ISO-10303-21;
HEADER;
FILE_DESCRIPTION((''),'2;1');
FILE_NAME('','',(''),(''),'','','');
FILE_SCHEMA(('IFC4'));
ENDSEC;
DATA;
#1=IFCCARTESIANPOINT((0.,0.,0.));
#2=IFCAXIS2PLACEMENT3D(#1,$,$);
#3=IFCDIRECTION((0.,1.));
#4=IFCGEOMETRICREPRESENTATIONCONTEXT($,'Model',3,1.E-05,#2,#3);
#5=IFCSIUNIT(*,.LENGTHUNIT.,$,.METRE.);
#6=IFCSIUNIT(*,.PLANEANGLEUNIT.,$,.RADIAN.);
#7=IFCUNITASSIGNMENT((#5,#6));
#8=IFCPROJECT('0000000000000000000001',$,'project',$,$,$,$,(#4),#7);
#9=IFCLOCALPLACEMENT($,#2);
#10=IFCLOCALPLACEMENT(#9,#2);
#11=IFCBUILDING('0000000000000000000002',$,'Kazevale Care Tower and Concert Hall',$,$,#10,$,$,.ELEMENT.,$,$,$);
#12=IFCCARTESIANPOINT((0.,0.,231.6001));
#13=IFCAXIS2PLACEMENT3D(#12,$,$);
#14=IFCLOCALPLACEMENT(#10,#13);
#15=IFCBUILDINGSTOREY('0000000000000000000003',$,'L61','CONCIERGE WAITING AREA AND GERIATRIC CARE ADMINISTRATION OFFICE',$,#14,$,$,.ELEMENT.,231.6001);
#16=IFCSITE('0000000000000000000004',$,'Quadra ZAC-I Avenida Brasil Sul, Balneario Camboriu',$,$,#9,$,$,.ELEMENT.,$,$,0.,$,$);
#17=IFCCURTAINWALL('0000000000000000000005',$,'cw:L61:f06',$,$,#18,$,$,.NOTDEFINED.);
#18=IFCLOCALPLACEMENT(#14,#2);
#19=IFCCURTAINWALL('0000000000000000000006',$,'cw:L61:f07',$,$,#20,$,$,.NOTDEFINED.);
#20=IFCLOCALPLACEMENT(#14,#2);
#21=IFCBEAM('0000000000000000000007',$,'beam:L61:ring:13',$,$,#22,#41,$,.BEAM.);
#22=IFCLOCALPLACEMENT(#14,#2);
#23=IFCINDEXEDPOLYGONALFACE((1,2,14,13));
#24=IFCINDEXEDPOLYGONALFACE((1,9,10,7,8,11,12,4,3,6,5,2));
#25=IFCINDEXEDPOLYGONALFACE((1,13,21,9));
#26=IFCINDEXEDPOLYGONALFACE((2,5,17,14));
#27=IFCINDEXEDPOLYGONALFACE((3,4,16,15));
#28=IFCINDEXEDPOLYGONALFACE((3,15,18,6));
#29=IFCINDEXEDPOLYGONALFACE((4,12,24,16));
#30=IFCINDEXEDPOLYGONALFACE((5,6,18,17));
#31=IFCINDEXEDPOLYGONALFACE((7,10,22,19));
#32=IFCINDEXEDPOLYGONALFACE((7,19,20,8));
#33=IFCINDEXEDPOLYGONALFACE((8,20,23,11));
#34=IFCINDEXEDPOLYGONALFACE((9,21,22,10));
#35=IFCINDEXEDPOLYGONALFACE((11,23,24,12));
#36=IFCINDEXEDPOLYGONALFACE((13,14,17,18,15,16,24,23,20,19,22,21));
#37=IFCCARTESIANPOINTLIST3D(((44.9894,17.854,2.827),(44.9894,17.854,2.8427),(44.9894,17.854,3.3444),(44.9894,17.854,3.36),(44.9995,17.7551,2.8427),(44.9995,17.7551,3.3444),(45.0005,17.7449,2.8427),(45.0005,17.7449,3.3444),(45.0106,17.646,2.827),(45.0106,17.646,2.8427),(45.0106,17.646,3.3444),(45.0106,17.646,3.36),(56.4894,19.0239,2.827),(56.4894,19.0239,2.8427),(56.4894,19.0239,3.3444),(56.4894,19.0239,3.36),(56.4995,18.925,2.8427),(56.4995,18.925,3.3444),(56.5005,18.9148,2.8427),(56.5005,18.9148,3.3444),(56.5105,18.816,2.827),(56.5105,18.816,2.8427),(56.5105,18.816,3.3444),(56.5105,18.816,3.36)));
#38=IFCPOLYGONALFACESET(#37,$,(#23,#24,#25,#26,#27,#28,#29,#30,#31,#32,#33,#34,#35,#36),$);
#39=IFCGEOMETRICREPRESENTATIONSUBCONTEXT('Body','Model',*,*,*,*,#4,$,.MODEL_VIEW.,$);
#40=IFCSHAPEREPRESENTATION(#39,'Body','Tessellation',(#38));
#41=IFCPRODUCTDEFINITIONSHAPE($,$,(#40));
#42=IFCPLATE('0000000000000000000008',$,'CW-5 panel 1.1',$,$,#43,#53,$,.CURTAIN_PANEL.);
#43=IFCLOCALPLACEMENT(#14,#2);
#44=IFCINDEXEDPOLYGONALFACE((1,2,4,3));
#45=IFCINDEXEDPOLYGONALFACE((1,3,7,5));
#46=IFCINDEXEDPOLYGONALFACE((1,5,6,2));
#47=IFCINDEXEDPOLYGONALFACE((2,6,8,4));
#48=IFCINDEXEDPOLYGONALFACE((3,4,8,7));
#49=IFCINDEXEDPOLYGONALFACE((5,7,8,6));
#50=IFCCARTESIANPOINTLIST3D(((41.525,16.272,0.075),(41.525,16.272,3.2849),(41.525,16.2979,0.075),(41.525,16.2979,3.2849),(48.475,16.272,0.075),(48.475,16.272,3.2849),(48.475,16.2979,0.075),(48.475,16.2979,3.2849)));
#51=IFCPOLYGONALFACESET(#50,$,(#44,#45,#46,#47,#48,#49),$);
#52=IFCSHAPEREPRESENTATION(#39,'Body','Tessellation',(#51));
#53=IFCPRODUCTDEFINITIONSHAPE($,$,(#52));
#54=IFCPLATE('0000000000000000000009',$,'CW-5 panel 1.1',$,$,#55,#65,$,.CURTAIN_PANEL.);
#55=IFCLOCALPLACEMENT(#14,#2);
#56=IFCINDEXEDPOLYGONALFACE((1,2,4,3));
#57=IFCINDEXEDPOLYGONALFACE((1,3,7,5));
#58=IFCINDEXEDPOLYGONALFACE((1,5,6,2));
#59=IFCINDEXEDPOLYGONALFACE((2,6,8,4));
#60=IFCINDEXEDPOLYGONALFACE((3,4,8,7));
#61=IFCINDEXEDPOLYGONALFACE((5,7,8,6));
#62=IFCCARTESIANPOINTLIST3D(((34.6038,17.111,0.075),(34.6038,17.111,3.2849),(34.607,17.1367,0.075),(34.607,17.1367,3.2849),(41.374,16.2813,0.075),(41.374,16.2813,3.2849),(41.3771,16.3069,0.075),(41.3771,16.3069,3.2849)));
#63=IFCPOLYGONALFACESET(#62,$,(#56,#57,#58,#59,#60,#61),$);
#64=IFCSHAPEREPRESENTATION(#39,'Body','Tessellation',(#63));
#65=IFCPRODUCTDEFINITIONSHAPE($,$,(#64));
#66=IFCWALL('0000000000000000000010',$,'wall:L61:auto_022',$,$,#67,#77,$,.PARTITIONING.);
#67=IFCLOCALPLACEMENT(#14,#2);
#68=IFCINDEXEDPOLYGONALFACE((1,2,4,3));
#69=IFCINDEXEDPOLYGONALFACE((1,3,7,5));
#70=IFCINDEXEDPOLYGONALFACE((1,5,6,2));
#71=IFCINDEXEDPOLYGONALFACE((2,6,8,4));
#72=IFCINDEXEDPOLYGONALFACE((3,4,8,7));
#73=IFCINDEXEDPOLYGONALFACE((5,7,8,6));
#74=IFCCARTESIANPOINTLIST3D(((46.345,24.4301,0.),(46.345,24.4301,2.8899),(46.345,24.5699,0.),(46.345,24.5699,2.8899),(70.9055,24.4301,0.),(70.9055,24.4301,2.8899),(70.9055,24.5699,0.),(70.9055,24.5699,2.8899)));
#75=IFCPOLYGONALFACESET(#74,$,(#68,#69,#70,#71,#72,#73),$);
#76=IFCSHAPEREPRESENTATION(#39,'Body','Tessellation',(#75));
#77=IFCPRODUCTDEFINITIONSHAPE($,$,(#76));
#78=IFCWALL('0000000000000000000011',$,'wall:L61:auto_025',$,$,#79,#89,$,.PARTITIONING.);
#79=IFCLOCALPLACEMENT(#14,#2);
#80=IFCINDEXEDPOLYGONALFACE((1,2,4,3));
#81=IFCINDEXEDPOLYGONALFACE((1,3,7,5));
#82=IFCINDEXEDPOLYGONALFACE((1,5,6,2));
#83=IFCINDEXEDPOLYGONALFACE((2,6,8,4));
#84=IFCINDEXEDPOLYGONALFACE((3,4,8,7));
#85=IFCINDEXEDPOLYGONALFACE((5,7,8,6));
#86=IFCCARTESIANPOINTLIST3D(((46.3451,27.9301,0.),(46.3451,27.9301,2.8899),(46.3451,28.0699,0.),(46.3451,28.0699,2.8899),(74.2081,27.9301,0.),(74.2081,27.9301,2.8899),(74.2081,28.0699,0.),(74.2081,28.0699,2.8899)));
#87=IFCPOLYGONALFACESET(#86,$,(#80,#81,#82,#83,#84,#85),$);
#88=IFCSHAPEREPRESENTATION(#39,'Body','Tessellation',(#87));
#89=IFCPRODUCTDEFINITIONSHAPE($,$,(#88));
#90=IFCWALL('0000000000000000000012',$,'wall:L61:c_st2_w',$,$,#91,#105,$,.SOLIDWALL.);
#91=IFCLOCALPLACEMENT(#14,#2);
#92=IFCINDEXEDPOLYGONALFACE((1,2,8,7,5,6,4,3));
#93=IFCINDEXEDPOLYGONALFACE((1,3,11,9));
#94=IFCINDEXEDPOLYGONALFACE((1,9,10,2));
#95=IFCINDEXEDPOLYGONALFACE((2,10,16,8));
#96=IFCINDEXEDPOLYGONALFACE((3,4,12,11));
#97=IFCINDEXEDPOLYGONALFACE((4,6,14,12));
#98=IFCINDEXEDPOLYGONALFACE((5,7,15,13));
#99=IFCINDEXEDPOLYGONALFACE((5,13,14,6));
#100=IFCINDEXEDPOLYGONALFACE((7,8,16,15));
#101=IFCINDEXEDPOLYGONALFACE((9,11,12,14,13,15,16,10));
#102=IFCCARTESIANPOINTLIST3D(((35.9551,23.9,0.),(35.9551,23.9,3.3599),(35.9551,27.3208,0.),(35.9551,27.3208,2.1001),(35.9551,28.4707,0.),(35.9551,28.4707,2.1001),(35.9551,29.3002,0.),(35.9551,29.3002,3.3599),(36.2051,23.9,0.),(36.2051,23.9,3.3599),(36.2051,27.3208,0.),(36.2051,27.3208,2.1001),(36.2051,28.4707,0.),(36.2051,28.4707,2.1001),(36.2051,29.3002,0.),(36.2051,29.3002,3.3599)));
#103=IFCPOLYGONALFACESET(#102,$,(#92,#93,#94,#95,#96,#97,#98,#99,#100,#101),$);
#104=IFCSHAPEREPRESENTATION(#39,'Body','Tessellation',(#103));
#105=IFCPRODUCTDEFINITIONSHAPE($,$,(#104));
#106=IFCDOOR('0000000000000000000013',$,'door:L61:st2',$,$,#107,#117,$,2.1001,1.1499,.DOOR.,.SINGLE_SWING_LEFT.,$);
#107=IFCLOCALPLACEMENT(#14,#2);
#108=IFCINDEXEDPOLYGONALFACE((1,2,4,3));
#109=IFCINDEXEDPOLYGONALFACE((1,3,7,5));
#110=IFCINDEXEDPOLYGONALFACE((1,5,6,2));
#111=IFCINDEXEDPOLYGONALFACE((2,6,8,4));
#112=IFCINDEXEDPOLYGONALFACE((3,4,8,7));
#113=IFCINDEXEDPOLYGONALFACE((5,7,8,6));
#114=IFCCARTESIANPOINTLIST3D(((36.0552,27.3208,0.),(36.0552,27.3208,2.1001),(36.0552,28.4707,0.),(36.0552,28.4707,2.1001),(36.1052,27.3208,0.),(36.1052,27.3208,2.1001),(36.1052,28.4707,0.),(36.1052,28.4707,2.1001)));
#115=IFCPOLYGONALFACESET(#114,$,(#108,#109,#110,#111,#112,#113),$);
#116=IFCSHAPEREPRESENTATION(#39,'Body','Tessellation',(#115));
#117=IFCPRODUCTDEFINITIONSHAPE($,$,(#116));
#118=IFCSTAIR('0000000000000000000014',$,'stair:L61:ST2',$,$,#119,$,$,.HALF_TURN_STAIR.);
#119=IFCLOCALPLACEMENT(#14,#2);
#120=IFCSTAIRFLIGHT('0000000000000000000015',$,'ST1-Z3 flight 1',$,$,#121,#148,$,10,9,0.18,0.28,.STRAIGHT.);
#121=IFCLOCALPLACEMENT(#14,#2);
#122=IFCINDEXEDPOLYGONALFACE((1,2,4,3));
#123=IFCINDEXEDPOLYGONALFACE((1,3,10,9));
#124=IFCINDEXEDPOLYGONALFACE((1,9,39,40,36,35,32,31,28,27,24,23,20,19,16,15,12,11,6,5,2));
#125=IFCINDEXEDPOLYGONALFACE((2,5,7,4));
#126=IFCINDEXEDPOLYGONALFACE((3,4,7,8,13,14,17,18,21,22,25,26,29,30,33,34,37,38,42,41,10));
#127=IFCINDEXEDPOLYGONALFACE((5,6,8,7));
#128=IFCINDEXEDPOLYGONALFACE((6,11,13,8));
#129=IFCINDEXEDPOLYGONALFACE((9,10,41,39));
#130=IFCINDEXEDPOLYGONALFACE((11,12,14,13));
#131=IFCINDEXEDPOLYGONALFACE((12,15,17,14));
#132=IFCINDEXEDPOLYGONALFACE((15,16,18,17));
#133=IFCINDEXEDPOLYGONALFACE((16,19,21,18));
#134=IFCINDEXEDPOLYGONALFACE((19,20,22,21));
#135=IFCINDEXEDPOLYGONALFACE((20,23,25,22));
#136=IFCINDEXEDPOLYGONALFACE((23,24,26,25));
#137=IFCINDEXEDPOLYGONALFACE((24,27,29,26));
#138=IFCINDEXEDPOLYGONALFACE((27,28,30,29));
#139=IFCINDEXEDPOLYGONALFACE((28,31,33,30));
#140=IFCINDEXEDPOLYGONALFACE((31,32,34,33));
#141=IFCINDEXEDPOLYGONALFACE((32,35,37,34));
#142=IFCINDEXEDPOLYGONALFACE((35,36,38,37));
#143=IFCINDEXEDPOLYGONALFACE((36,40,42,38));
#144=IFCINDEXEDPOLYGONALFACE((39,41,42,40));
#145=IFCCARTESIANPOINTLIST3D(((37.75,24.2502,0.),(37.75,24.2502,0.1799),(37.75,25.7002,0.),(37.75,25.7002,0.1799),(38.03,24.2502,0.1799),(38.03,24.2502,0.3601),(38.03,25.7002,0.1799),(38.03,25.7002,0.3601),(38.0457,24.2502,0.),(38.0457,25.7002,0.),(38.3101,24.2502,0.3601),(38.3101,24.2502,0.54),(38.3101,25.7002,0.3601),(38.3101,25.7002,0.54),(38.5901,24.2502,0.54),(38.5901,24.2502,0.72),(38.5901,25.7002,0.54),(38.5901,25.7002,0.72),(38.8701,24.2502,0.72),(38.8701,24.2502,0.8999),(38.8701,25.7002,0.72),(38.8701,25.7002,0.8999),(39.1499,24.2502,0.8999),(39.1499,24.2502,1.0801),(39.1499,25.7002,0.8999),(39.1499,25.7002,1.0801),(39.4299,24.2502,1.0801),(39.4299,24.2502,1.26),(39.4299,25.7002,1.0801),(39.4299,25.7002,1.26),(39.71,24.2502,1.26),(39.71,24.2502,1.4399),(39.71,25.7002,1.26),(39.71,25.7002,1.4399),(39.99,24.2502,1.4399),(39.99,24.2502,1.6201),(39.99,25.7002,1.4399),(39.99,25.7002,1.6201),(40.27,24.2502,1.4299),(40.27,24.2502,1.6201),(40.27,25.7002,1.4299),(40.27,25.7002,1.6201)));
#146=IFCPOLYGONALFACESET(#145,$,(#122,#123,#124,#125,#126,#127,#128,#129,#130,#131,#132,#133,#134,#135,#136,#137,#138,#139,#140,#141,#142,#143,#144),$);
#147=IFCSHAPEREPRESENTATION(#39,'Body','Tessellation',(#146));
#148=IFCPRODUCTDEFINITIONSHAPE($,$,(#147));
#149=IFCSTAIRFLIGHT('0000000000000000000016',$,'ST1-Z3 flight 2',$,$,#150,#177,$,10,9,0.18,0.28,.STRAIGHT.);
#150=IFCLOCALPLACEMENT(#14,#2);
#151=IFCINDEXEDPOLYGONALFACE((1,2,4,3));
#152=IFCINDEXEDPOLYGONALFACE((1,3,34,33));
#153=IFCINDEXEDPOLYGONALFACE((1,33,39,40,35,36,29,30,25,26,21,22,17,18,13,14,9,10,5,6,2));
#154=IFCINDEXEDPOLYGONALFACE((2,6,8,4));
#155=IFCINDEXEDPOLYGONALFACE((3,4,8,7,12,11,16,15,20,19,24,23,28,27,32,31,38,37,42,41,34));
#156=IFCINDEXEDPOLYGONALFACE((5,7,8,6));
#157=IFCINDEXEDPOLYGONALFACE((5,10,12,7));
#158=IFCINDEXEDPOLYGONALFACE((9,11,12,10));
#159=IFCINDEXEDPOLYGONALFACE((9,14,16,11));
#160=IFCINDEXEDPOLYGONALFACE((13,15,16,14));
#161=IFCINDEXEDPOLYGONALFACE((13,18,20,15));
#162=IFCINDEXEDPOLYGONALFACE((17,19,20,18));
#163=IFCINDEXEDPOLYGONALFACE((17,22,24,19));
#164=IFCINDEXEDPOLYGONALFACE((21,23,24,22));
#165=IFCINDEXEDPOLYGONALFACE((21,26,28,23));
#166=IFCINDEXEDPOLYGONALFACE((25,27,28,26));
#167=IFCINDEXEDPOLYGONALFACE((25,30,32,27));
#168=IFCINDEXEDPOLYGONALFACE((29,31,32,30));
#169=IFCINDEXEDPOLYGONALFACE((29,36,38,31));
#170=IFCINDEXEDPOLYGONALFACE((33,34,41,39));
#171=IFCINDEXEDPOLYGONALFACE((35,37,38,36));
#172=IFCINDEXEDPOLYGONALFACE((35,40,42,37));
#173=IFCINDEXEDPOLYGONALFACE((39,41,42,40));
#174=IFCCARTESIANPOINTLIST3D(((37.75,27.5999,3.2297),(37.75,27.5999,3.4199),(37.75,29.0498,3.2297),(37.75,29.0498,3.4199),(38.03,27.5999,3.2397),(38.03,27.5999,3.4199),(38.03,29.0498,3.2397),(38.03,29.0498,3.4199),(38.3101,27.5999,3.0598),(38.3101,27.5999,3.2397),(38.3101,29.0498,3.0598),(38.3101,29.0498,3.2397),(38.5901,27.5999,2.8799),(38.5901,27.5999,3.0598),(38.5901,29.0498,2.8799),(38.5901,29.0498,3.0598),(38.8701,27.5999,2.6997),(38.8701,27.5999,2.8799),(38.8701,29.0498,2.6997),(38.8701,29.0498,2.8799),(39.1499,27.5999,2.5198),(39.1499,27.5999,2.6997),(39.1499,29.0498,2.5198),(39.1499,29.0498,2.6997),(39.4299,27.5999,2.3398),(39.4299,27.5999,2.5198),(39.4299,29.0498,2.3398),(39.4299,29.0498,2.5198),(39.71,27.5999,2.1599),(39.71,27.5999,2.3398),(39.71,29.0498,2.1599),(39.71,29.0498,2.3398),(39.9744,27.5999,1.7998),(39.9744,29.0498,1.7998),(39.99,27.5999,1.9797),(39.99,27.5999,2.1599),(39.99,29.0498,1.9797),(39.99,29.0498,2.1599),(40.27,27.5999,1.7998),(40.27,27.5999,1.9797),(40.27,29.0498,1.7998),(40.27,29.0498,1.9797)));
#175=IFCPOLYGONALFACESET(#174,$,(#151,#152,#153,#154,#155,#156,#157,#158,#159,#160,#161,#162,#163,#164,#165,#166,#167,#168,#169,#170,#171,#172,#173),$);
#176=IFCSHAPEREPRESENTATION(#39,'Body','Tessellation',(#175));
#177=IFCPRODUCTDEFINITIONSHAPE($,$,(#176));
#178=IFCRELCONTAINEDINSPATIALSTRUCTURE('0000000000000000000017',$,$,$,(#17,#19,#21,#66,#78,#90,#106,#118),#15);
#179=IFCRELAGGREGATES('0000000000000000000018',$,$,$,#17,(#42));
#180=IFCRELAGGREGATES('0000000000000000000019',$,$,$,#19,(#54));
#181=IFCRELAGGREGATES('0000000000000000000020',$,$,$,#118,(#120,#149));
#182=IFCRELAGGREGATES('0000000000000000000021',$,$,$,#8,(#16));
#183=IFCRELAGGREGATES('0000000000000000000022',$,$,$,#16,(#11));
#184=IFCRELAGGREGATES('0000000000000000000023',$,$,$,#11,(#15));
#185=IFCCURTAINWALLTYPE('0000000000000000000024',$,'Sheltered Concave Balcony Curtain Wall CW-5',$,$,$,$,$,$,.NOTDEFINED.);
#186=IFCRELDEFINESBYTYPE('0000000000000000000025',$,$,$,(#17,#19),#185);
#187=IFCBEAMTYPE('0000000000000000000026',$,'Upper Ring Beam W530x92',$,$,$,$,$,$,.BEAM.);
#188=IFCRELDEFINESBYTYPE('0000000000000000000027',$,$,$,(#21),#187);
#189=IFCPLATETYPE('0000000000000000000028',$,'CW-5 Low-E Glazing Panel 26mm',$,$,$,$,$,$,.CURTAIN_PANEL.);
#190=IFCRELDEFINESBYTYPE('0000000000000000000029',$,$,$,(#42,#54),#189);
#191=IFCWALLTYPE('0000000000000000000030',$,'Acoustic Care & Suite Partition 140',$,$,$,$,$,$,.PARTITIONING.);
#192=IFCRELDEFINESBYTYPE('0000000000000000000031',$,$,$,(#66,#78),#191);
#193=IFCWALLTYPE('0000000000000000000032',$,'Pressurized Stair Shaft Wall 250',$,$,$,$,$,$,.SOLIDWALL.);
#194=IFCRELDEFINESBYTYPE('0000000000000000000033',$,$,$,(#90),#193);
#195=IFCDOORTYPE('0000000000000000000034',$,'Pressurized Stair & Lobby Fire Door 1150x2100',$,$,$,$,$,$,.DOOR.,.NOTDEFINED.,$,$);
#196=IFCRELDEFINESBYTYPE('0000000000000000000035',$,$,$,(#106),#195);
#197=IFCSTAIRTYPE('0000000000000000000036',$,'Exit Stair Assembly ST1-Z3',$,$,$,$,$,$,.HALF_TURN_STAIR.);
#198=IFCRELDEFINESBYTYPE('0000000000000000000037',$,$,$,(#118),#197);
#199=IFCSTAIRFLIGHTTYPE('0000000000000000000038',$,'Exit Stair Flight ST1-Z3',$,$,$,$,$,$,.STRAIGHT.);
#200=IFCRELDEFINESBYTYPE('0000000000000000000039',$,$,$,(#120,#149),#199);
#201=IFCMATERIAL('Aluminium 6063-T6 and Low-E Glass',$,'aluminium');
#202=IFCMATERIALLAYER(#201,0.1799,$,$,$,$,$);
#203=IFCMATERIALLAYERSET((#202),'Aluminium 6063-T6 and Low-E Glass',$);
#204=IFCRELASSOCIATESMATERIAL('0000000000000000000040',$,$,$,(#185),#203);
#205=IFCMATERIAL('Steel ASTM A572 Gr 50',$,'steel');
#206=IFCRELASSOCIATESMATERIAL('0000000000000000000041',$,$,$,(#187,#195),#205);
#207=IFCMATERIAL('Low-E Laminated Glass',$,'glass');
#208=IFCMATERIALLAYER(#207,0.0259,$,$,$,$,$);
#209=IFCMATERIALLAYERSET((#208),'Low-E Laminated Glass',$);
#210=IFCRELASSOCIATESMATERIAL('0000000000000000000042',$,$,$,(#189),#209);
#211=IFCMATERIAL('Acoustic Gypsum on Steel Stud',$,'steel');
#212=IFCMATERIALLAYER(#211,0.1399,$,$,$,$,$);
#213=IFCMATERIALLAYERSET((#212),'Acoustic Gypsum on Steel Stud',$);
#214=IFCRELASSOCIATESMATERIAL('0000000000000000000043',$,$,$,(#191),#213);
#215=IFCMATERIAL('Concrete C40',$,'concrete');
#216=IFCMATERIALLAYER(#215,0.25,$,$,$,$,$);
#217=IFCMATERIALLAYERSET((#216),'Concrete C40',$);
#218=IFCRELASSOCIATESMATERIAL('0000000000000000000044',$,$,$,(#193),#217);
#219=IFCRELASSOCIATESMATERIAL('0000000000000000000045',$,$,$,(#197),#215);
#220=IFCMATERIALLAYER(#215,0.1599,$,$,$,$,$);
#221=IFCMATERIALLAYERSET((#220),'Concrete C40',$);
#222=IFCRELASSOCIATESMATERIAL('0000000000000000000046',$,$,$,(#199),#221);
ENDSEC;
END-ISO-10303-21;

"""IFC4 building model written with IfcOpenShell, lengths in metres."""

from ifc_helpers import new_model, si_unit, direction, frame, frame_2d, origin, origin_2d, place, context, subcontext, project, spatial, polyline, rectangle, i_section, outline, extrude, material, layer, layer_set, material_profile, profile_set, type_object, element, fill, aggregate, save


model = new_model("IFC4")

# Units and contexts
model_context = context("Model", 3, precision=1e-05, world=origin(), true_north=direction((0.0, 1.0)))
body_context = subcontext(model_context, "Body", "Model", "MODEL_VIEW")
ifc_project = project(units=[si_unit("LENGTHUNIT", "METRE"), si_unit("PLANEANGLEUNIT", "RADIAN")], contexts=[model_context])

# Site, building, storey
site_placement = place(None, origin())
site = spatial("IfcSite", under=ifc_project, at=site_placement, Name="Quadra ZAC-I Avenida Brasil Sul, Balneario Camboriu", CompositionType="ELEMENT", RefElevation=0.0)
building_placement = place(site_placement, origin())
building = spatial("IfcBuilding", under=site, at=building_placement, Name="Kazevale Care Tower and Concert Hall", CompositionType="ELEMENT")
storey_placement = place(building_placement, frame((0.0, 0.0, 231.6001)))
storey = spatial("IfcBuildingStorey", under=building, at=storey_placement, Name="L61", Description="CONCIERGE WAITING AREA AND GERIATRIC CARE ADMINISTRATION OFFICE", CompositionType="ELEMENT", Elevation=231.6001)

# Curtain wall
ifc_material_1 = material(Name="Aluminium 6063-T6 and Low-E Glass", Category="aluminium")
ifc_layer_1 = layer(ifc_material_1, 0.1799)
ifc_layer_set_1 = layer_set([ifc_layer_1], Name="Aluminium 6063-T6 and Low-E Glass")
curtain_wall_type = type_object("IfcCurtainWallType", Name="Sheltered Concave Balcony Curtain Wall CW-5", PredefinedType="NOTDEFINED", material=ifc_layer_set_1)
curtain_wall_1_placement = place(storey_placement, origin())
curtain_wall_1 = element("IfcCurtainWall", 1, at=curtain_wall_1_placement, inside=storey, type_object=curtain_wall_type, Name="cw:L61:f06", PredefinedType="NOTDEFINED")

# Curtain wall
curtain_wall_2_placement = place(storey_placement, origin())
curtain_wall_2 = element("IfcCurtainWall", 2, at=curtain_wall_2_placement, inside=storey, type_object=curtain_wall_type, Name="cw:L61:f07", PredefinedType="NOTDEFINED")

# Beam
ifc_material_2 = material(Name="Steel ASTM A572 Gr 50", Category="steel")
ifc_material_profile_1 = material_profile(ifc_material_2, i_section(OverallWidth=0.209, OverallDepth=0.533, WebThickness=0.0103, FlangeThickness=0.0156, at=origin_2d()), Name="W530x92")
ifc_profile_set_1 = profile_set([ifc_material_profile_1], Name="Steel ASTM A572 Gr 50")
beam_type_1 = type_object("IfcBeamType", Name="Upper Ring Beam W530x92", PredefinedType="BEAM", material=ifc_profile_set_1)
beam_1_placement = place(storey_placement, frame((45.0, 17.75, 3.0935), z_axis=(0.994865, 0.10121, 0.0), x_axis=(-0.10121, 0.994865, 0.0)))
element("IfcBeam", 3, at=beam_1_placement, inside=storey, type_object=beam_type_1, Name="beam:L61:ring:13", PredefinedType="BEAM", context=body_context, shape_type="SweptSolid", body=[
    extrude(i_section(OverallWidth=0.209, OverallDepth=0.533, WebThickness=0.0103, FlangeThickness=0.0156, at=origin_2d()), origin(), (0.0, 0.0, 1.0), 11.5593),
])

# Plates
ifc_material_3 = material(Name="Low-E Laminated Glass", Category="glass")
ifc_layer_2 = layer(ifc_material_3, 0.0259)
ifc_layer_set_2 = layer_set([ifc_layer_2], Name="Low-E Laminated Glass")
plate_type = type_object("IfcPlateType", Name="CW-5 Low-E Glazing Panel 26mm", PredefinedType="CURTAIN_PANEL", material=ifc_layer_set_2)
plate_1_placement = place(storey_placement, frame((45.0, 16.2849, 0.075), z_axis=(0.0, 0.0, 1.0), x_axis=(-1.0, 0.0, 0.0)))
plate_1 = element("IfcPlate", 4, at=plate_1_placement, type_object=plate_type, Name="CW-5 panel 1.1", PredefinedType="CURTAIN_PANEL", context=body_context, shape_type="SweptSolid", body=[
    extrude(rectangle(XDim=6.95, YDim=0.0259, at=origin_2d()), origin(), (0.0, 0.0, 1.0), 3.21),
])
aggregate(curtain_wall_1, [plate_1])
plate_2_placement = place(storey_placement, frame((37.9905, 16.709, 0.075), z_axis=(0.0, 0.0, 1.0), x_axis=(-0.992573, 0.121651, 0.0)))
plate_2 = element("IfcPlate", 5, at=plate_2_placement, type_object=plate_type, Name="CW-5 panel 1.1", PredefinedType="CURTAIN_PANEL", context=body_context, shape_type="SweptSolid", body=[
    extrude(rectangle(XDim=6.8208, YDim=0.0259, at=origin_2d()), origin(), (0.0, 0.0, 1.0), 3.21),
])
aggregate(curtain_wall_2, [plate_2])

# Walls
ifc_material_4 = material(Name="Acoustic Gypsum on Steel Stud", Category="steel")
ifc_layer_3 = layer(ifc_material_4, 0.1399)
ifc_layer_set_3 = layer_set([ifc_layer_3], Name="Acoustic Gypsum on Steel Stud")
wall_type_1 = type_object("IfcWallType", Name="Acoustic Care & Suite Partition 140", PredefinedType="PARTITIONING", material=ifc_layer_set_3)
wall_1_placement = place(storey_placement, frame((46.345, 24.5, 0.0), z_axis=(0.0, 0.0, 1.0), x_axis=(1.0, 0.0, 0.0)))
element("IfcWall", 6, at=wall_1_placement, inside=storey, type_object=wall_type_1, Name="wall:L61:auto_022", PredefinedType="PARTITIONING", context=body_context, shape_type="SweptSolid", body=[
    extrude(rectangle(XDim=24.5605, YDim=0.1399, at=frame_2d((12.2803, 0.0))), origin(), (0.0, 0.0, 1.0), 2.8899),
])
wall_2_placement = place(storey_placement, frame((46.345, 28.0, 0.0), z_axis=(0.0, 0.0, 1.0), x_axis=(1.0, 0.0, 0.0)))
element("IfcWall", 7, at=wall_2_placement, inside=storey, type_object=wall_type_1, Name="wall:L61:auto_025", PredefinedType="PARTITIONING", context=body_context, shape_type="SweptSolid", body=[
    extrude(rectangle(XDim=27.863, YDim=0.1399, at=frame_2d((13.9316, 0.0))), origin(), (0.0, 0.0, 1.0), 2.8899),
])

# Wall, opening, door
ifc_material_5 = material(Name="Concrete C40", Category="concrete")
ifc_layer_4 = layer(ifc_material_5, 0.25)
ifc_layer_set_4 = layer_set([ifc_layer_4], Name="Concrete C40")
wall_type_2 = type_object("IfcWallType", Name="Pressurized Stair Shaft Wall 250", PredefinedType="SOLIDWALL", material=ifc_layer_set_4)
wall_3_placement = place(storey_placement, frame((36.0801, 23.8999, 0.0), z_axis=(0.0, 0.0, 1.0), x_axis=(0.0, 1.0, 0.0)))
wall_3 = element("IfcWall", 8, at=wall_3_placement, inside=storey, type_object=wall_type_2, Name="wall:L61:c_st2_w", PredefinedType="SOLIDWALL", context=body_context, shape_type="SweptSolid", body=[
    extrude(rectangle(XDim=5.4001, YDim=0.25, at=frame_2d((2.7002, 0.0))), origin(), (0.0, 0.0, 1.0), 3.3599),
])
opening_1_placement = place(wall_3_placement, frame((3.4209, 0.0, 0.0)))
opening_1 = element("IfcOpeningElement", 9, at=opening_1_placement, cuts=wall_3, PredefinedType="OPENING", context=body_context, shape_type="SweptSolid", body=[
    extrude(rectangle(XDim=1.1499, YDim=2.1001, at=frame_2d((0.575, 1.05))), frame((0.0, 0.135, 0.0), z_axis=(0.0, -1.0, 0.0), x_axis=(1.0, 0.0, 0.0)), (0.0, 0.0, 1.0), 0.27),
])
door_type_1 = type_object("IfcDoorType", Name="Pressurized Stair & Lobby Fire Door 1150x2100", OperationType="NOTDEFINED", PredefinedType="DOOR", material=ifc_material_2)
door_1_placement = place(opening_1_placement, origin())
door_1 = element("IfcDoor", 10, at=door_1_placement, inside=storey, type_object=door_type_1, Name="door:L61:st2", OperationType="SINGLE_SWING_LEFT", OverallHeight=2.1001, OverallWidth=1.1499, PredefinedType="DOOR", context=body_context, shape_type="SweptSolid", body=[
    extrude(rectangle(XDim=1.1499, YDim=2.1001, at=frame_2d((0.575, 1.05))), frame((0.0, 0.0249, 0.0), z_axis=(0.0, -1.0, 0.0), x_axis=(1.0, 0.0, 0.0)), (0.0, 0.0, 1.0), 0.05),
])
fill(opening_1, door_1)

# Stair, stair flights
stair_type = type_object("IfcStairType", Name="Exit Stair Assembly ST1-Z3", PredefinedType="HALF_TURN_STAIR", material=ifc_material_5)
stair_placement = place(storey_placement, origin())
stair = element("IfcStair", 11, at=stair_placement, inside=storey, type_object=stair_type, Name="stair:L61:ST2", PredefinedType="HALF_TURN_STAIR")
ifc_layer_5 = layer(ifc_material_5, 0.1599)
ifc_layer_set_5 = layer_set([ifc_layer_5], Name="Concrete C40")
stair_flight_type = type_object("IfcStairFlightType", Name="Exit Stair Flight ST1-Z3", PredefinedType="STRAIGHT", material=ifc_layer_set_5)
stair_flight_1_placement = place(storey_placement, frame((37.75, 24.9751, 0.0), z_axis=(0.0, 0.0, 1.0), x_axis=(1.0, 0.0, 0.0)))
stair_flight_1 = element("IfcStairFlight", 12, at=stair_flight_1_placement, type_object=stair_flight_type, Name="ST1-Z3 flight 1", NumberOfRisers=10, NumberOfTreads=9, PredefinedType="STRAIGHT", RiserHeight=0.18, TreadLength=0.28, context=body_context, shape_type="SweptSolid", body=[
    extrude(outline(polyline([(0.0, 0.0), (0.0, 0.1799), (0.28, 0.1799), (0.28, 0.3601), (0.5601, 0.3601), (0.5601, 0.54), (0.8401, 0.54), (0.8401, 0.72), (1.1201, 0.72), (1.1201, 0.8999), (1.3999, 0.8999), (1.3999, 1.0801), (1.6799, 1.0801), (1.6799, 1.26), (1.96, 1.26), (1.96, 1.4399), (2.24, 1.4399), (2.24, 1.6201), (2.52, 1.6201), (2.52, 1.8), (2.52, 1.4299), (0.2957, 0.0), (0.0, 0.0)])), frame((0.0, 0.7251, 0.0), z_axis=(0.0, -1.0, 0.0), x_axis=(1.0, 0.0, 0.0)), (0.0, 0.0, 1.0), 1.45),
])
stair_flight_2_placement = place(storey_placement, frame((40.27, 28.325, 1.7998), z_axis=(0.0, 0.0, 1.0), x_axis=(-1.0, 0.0, 0.0)))
stair_flight_2 = element("IfcStairFlight", 13, at=stair_flight_2_placement, type_object=stair_flight_type, Name="ST1-Z3 flight 2", NumberOfRisers=10, NumberOfTreads=9, PredefinedType="STRAIGHT", RiserHeight=0.18, TreadLength=0.28, context=body_context, shape_type="SweptSolid", body=[
    extrude(outline(polyline([(0.0, 0.0), (0.0, 0.1799), (0.28, 0.1799), (0.28, 0.3601), (0.5601, 0.3601), (0.5601, 0.54), (0.8401, 0.54), (0.8401, 0.72), (1.1201, 0.72), (1.1201, 0.8999), (1.3999, 0.8999), (1.3999, 1.0801), (1.6799, 1.0801), (1.6799, 1.26), (1.96, 1.26), (1.96, 1.4399), (2.24, 1.4399), (2.24, 1.6201), (2.52, 1.6201), (2.52, 1.8), (2.52, 1.4299), (0.2957, 0.0), (0.0, 0.0)])), frame((0.0, 0.7251, 0.0), z_axis=(0.0, -1.0, 0.0), x_axis=(1.0, 0.0, 0.0)), (0.0, 0.0, 1.0), 1.45),
])
aggregate(stair, [stair_flight_1, stair_flight_2])

save(model, "model.ifc")
